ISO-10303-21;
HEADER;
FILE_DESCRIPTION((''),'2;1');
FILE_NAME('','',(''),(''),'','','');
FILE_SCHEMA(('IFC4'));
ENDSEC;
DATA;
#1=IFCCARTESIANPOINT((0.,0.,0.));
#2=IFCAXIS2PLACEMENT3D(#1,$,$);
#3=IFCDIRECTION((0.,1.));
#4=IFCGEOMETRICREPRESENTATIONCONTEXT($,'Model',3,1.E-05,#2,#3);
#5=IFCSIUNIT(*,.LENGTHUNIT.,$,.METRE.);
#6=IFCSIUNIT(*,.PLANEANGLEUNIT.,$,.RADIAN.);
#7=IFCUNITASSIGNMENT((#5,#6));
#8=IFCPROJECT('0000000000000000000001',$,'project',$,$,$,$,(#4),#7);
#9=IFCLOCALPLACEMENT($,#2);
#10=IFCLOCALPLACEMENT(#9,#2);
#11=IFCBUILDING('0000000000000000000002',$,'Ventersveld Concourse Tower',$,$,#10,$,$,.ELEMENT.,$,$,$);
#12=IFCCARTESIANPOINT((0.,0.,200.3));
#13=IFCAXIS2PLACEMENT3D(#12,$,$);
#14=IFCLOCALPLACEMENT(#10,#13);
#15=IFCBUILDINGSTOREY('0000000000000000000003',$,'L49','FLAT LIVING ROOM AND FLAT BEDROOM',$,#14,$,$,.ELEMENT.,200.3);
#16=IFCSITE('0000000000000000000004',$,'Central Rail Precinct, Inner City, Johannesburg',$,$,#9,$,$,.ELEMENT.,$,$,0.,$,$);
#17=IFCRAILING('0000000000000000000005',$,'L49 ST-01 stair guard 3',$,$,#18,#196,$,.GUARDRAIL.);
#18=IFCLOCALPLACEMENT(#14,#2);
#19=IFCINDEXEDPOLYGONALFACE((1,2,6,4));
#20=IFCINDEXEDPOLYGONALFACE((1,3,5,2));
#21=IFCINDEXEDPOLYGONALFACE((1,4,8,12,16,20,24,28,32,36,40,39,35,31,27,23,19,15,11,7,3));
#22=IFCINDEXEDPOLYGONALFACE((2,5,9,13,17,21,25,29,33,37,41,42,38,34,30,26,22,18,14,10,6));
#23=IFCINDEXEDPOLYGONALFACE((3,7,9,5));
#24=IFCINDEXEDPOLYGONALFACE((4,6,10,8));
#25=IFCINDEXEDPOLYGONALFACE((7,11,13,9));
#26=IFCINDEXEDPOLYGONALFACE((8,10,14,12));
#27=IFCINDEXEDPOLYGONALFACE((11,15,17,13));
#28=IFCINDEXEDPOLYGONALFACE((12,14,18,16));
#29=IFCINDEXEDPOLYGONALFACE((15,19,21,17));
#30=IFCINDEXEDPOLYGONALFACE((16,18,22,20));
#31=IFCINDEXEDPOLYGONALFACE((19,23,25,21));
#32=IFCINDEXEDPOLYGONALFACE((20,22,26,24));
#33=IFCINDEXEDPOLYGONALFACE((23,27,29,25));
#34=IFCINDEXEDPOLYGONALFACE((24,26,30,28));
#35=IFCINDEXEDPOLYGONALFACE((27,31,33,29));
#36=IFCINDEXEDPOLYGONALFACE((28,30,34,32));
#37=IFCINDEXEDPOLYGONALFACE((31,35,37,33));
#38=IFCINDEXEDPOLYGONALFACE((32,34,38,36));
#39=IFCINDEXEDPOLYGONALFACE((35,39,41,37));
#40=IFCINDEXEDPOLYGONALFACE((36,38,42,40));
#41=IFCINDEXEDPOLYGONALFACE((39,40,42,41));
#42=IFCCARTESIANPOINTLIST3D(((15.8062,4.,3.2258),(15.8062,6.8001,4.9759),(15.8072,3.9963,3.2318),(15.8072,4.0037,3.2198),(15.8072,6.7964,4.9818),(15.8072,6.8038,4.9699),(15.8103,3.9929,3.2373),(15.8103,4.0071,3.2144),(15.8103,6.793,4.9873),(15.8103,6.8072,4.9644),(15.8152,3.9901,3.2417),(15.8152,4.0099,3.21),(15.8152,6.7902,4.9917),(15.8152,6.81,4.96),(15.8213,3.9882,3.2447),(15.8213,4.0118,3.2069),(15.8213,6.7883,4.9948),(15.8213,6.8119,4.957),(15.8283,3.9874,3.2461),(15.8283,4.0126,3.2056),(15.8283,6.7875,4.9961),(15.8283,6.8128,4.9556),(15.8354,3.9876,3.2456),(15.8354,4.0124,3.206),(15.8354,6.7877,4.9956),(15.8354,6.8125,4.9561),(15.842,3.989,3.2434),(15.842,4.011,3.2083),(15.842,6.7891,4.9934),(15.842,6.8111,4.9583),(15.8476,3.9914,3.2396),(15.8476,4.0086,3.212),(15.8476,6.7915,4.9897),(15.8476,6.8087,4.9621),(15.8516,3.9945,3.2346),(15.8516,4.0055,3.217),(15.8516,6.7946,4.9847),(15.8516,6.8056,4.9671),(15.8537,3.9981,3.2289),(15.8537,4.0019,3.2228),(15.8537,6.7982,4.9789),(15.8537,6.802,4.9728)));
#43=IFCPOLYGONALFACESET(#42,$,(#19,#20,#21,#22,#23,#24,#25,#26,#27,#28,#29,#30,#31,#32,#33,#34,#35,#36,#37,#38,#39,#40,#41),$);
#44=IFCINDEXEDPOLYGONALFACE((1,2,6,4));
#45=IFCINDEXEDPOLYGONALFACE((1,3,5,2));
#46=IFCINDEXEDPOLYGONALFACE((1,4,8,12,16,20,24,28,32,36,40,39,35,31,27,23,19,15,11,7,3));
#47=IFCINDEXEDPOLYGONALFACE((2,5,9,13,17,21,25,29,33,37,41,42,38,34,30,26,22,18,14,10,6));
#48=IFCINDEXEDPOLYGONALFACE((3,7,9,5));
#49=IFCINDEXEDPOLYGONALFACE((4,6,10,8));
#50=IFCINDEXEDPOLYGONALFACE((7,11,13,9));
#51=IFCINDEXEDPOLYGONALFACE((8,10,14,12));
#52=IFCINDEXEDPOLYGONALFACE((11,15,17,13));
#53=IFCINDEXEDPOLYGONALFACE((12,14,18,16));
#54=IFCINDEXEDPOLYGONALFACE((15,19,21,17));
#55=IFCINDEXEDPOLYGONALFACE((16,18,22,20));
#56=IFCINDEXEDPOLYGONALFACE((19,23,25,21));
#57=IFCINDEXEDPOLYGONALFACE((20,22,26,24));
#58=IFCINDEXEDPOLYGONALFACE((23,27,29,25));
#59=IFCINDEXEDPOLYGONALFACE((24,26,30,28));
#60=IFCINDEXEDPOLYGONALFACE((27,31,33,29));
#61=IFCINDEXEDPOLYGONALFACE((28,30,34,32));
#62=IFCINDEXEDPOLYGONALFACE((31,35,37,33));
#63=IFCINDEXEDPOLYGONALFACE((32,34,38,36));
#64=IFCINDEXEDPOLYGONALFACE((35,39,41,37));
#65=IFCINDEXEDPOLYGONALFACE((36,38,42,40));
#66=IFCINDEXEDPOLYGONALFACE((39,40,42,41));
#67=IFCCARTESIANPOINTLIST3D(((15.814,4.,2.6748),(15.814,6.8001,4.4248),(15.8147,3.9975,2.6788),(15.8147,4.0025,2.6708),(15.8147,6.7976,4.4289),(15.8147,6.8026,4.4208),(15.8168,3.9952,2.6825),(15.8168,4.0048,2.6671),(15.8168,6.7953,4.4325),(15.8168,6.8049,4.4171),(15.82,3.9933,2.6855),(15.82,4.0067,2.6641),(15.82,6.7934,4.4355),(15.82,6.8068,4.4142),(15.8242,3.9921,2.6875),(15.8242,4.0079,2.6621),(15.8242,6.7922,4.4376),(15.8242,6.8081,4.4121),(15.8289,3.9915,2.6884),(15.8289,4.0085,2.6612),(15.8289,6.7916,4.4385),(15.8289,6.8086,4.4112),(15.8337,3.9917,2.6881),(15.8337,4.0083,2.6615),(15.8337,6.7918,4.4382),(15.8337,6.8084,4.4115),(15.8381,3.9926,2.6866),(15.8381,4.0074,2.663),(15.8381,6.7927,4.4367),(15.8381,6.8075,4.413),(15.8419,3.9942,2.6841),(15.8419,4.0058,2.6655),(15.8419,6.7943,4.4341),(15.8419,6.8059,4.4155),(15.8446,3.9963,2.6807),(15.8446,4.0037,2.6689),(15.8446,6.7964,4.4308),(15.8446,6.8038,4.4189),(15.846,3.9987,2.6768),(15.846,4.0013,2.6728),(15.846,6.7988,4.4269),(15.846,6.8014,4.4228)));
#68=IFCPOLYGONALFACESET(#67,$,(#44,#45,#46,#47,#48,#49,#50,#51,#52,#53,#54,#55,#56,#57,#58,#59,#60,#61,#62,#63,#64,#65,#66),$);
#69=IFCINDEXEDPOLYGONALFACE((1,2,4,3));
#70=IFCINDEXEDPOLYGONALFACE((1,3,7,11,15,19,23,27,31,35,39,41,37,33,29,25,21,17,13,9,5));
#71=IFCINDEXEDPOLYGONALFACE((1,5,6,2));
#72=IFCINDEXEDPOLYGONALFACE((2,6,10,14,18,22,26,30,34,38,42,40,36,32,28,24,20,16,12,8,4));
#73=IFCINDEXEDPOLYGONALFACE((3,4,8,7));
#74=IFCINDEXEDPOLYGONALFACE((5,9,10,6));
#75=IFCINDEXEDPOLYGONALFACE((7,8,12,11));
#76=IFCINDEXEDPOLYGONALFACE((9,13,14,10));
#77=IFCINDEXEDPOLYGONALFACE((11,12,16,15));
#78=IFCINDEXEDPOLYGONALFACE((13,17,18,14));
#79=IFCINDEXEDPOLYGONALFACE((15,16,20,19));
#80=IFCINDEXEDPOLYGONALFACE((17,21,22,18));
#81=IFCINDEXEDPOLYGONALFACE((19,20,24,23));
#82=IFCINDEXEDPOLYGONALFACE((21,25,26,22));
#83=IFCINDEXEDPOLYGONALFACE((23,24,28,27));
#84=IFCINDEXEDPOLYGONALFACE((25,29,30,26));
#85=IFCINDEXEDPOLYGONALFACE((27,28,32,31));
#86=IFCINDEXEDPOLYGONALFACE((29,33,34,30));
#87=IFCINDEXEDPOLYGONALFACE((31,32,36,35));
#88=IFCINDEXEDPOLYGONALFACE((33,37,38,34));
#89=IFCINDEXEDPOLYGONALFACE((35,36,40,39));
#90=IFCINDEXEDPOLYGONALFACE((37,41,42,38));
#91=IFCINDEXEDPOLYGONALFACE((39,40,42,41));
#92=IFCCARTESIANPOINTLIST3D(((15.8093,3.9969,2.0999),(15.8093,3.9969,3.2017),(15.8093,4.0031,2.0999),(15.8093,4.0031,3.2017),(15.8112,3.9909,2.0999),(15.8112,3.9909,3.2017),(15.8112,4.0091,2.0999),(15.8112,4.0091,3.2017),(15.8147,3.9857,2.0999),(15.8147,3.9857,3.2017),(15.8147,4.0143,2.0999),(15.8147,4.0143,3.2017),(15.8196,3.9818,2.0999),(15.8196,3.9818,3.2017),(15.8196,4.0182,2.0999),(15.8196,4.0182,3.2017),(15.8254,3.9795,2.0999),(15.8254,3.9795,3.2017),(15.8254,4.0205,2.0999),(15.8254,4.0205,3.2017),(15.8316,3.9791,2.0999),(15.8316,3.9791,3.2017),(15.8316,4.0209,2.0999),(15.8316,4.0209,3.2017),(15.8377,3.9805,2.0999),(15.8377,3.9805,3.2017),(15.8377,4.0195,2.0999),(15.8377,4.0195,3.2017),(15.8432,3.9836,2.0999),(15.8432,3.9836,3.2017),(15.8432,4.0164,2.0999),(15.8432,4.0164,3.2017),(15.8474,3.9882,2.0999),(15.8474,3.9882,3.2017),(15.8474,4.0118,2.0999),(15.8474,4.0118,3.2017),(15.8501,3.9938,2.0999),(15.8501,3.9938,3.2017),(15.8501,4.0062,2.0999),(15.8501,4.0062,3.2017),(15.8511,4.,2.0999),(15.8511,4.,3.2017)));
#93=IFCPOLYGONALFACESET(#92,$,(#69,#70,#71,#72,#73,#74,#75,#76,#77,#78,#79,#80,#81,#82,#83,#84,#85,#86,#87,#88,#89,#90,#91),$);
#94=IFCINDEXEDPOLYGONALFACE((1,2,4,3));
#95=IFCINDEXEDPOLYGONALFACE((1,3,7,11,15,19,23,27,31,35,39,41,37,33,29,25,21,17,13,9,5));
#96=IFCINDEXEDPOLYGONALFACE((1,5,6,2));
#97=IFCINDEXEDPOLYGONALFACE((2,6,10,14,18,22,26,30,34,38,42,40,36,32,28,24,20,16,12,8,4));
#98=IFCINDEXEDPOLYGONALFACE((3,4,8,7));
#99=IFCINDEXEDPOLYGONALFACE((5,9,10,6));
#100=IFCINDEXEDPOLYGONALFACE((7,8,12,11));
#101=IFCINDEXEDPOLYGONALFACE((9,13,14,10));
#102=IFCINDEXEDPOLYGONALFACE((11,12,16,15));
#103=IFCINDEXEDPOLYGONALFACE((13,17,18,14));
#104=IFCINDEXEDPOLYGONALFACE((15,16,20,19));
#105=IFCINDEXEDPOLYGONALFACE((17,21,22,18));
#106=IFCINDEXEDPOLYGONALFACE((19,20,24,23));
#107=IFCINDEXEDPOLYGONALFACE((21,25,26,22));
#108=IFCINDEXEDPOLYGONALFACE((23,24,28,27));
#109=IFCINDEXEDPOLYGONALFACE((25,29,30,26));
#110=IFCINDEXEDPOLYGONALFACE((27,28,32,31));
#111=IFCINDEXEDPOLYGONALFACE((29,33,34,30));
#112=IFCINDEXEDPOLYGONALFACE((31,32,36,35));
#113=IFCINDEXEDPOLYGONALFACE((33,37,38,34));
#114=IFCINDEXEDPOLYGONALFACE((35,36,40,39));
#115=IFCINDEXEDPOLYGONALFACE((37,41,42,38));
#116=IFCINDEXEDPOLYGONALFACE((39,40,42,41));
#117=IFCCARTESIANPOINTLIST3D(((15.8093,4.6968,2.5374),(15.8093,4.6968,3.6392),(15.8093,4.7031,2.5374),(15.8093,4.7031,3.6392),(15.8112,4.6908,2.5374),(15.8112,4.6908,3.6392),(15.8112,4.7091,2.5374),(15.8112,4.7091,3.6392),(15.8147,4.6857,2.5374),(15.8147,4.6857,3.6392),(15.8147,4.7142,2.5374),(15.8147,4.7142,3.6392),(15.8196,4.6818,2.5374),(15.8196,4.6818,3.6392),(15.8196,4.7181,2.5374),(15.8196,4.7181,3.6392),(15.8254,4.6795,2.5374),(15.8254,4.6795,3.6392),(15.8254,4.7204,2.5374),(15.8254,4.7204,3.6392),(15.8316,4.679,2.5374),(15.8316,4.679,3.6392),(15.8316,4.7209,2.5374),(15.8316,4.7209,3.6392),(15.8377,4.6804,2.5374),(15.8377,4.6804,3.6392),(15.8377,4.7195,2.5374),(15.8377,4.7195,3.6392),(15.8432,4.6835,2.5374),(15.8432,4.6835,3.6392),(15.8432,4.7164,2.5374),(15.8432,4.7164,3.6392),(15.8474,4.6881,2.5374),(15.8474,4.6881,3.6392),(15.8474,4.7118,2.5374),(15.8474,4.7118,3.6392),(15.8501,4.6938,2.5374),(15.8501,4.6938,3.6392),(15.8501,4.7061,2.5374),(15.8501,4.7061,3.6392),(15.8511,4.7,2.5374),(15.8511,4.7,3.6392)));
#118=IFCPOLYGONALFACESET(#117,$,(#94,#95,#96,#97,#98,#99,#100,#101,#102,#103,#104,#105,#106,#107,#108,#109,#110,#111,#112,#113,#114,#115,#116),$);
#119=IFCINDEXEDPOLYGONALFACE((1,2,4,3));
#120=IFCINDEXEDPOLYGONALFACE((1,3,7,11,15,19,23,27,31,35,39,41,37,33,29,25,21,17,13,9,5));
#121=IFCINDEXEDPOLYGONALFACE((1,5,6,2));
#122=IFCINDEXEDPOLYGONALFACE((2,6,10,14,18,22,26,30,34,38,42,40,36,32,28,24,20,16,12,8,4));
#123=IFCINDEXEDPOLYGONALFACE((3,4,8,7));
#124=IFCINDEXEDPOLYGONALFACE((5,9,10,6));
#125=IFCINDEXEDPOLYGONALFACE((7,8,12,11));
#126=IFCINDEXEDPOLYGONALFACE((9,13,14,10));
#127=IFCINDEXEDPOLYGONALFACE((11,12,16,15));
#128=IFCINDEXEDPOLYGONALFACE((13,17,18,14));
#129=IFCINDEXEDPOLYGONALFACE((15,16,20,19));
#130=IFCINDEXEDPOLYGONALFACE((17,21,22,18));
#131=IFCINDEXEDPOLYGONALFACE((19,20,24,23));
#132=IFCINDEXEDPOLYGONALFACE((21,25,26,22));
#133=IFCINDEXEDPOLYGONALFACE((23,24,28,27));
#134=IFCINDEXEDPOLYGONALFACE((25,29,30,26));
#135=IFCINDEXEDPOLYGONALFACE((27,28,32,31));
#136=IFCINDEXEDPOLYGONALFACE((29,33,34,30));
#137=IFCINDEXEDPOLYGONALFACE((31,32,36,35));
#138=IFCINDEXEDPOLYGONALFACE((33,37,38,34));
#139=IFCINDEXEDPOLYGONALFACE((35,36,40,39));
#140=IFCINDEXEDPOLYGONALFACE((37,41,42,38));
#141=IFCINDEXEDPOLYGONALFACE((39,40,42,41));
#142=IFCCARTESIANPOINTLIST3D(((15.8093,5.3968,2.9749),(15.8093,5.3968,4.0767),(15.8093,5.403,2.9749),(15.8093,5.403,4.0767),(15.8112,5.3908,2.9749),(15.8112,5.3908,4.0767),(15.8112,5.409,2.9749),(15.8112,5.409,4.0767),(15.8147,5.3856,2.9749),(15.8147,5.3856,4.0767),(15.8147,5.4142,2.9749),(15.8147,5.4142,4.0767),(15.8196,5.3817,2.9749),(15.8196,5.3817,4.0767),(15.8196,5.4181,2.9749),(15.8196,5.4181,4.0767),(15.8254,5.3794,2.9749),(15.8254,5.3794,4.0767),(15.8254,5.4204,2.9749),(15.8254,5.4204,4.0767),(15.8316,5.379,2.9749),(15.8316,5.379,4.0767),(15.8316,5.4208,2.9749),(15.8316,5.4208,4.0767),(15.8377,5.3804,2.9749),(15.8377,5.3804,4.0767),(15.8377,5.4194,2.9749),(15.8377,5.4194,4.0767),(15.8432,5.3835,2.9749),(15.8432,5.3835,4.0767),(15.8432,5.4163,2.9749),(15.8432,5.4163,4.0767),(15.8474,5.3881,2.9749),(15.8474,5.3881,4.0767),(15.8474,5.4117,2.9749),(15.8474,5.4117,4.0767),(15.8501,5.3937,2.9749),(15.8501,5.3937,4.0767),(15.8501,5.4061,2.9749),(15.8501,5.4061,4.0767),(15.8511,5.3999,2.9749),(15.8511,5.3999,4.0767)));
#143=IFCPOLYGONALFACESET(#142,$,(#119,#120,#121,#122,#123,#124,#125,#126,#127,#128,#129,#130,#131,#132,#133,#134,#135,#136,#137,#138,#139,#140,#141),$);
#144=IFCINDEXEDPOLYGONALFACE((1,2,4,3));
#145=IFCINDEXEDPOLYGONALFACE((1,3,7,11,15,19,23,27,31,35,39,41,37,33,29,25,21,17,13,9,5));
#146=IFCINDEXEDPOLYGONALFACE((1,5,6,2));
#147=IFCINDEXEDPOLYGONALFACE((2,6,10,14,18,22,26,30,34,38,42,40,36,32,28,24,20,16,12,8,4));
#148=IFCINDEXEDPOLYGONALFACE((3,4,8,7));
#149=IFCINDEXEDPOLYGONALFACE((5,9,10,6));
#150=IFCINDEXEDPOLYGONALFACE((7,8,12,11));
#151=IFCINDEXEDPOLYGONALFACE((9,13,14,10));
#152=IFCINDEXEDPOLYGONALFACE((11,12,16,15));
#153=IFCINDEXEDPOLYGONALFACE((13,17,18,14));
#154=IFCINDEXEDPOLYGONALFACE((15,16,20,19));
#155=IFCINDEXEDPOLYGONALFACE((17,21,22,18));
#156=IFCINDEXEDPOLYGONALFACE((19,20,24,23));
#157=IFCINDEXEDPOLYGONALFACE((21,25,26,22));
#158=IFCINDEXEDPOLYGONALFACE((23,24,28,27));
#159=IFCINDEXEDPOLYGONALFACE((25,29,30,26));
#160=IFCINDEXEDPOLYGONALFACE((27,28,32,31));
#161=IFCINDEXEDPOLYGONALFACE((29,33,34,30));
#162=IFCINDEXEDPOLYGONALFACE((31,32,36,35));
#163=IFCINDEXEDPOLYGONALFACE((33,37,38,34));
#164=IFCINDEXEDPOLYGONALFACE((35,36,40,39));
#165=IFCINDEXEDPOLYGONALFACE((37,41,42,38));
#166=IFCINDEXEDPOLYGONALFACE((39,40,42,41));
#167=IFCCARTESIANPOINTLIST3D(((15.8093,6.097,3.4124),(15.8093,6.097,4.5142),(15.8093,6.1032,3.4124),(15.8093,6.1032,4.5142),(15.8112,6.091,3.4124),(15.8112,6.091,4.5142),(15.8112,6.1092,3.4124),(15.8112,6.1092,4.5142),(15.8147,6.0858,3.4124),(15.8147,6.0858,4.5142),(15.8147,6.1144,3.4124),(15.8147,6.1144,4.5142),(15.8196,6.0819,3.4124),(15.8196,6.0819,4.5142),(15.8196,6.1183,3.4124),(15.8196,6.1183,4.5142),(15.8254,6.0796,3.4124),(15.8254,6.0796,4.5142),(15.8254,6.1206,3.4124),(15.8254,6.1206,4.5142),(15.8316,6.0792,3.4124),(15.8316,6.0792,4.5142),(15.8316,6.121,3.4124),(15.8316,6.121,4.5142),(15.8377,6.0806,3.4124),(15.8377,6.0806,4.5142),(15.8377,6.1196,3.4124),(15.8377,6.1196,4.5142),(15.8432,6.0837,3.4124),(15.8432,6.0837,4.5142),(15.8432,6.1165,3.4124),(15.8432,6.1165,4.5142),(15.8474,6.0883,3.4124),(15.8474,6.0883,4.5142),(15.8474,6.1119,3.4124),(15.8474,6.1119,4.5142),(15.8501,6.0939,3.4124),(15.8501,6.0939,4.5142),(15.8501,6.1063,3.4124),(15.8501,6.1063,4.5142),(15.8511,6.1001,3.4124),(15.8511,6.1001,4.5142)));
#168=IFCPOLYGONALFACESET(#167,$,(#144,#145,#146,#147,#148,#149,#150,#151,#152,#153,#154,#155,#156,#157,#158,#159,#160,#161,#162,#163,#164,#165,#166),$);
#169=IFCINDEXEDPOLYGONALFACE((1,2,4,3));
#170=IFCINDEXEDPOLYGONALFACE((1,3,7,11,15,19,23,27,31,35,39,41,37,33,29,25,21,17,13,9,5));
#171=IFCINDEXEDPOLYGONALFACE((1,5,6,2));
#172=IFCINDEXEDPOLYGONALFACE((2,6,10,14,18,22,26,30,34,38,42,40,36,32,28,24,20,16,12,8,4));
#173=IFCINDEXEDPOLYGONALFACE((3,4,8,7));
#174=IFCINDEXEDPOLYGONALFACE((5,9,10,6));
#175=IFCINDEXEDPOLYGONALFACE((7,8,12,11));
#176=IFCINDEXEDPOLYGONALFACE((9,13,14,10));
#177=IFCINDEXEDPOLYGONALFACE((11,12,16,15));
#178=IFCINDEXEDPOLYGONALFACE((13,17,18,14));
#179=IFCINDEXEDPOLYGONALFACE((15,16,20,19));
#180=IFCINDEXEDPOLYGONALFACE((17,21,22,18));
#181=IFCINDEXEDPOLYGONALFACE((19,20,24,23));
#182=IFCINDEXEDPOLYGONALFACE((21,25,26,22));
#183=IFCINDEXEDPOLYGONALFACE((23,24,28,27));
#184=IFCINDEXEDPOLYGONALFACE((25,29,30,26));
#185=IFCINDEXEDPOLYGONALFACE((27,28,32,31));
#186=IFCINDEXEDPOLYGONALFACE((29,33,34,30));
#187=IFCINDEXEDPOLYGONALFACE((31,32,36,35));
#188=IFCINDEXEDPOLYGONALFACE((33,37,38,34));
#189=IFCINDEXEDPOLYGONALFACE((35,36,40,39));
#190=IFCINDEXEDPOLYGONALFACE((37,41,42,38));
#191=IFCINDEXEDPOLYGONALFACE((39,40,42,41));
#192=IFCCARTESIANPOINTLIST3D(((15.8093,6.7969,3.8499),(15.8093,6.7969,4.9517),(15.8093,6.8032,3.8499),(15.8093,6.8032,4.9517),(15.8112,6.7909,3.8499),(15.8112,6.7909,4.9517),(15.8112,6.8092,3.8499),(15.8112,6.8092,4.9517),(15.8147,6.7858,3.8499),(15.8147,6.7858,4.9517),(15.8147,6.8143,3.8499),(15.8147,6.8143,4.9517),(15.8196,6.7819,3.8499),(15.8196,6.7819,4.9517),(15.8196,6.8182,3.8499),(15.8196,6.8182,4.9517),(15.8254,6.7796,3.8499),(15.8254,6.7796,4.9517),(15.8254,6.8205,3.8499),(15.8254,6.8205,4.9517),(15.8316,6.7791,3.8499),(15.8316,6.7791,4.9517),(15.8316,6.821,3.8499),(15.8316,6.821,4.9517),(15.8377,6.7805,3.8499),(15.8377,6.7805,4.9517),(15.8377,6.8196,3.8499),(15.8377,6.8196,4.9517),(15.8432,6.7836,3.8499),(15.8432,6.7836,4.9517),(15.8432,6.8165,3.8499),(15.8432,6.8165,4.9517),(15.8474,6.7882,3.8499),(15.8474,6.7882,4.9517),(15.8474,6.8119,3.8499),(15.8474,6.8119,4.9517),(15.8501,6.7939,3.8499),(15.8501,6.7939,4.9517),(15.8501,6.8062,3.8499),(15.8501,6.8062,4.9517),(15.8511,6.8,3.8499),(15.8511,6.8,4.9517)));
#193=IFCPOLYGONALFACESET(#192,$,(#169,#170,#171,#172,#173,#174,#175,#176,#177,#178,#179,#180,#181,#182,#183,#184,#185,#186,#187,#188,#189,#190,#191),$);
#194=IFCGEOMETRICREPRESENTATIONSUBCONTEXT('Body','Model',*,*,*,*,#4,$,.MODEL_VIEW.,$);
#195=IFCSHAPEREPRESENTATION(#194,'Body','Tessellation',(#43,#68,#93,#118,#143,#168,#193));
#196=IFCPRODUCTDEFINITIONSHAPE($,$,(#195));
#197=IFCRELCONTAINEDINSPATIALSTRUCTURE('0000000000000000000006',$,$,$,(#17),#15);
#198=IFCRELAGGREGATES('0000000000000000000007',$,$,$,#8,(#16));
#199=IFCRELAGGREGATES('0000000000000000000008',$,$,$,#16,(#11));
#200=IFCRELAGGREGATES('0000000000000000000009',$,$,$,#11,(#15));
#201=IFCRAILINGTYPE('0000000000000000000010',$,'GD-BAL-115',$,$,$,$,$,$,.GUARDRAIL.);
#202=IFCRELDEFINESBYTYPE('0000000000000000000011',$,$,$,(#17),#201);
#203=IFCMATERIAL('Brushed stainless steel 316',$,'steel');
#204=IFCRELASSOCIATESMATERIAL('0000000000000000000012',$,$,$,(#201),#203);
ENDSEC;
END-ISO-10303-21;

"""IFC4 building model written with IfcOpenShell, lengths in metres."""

from ifc_helpers import new_model, si_unit, direction, frame, origin, origin_2d, place, context, subcontext, project, spatial, circle, extrude, material, type_object, element, save


model = new_model("IFC4")

# Units and contexts
model_context = context("Model", 3, precision=1e-05, world=origin(), true_north=direction((0.0, 1.0)))
body_context = subcontext(model_context, "Body", "Model", "MODEL_VIEW")
ifc_project = project(units=[si_unit("LENGTHUNIT", "METRE"), si_unit("PLANEANGLEUNIT", "RADIAN")], contexts=[model_context])

# Site, building, storey
site_placement = place(None, origin())
site = spatial("IfcSite", under=ifc_project, at=site_placement, Name="Central Rail Precinct, Inner City, Johannesburg", CompositionType="ELEMENT", RefElevation=0.0)
building_placement = place(site_placement, origin())
building = spatial("IfcBuilding", under=site, at=building_placement, Name="Ventersveld Concourse Tower", CompositionType="ELEMENT")
storey_placement = place(building_placement, frame((0.0, 0.0, 200.3)))
storey = spatial("IfcBuildingStorey", under=building, at=storey_placement, Name="L49", Description="FLAT LIVING ROOM AND FLAT BEDROOM", CompositionType="ELEMENT", Elevation=200.3)

# Shared definitions
ifc_material_1 = material(Name="Brushed stainless steel 316", Category="steel")

# Railing
railing_type_1 = type_object("IfcRailingType", Name="GD-BAL-115", PredefinedType="GUARDRAIL", material=ifc_material_1)
railing_1_placement = place(storey_placement, frame((15.8301, 4.0, 2.0999)))
element("IfcRailing", 1, at=railing_1_placement, inside=storey, type_object=railing_type_1, Name="L49 ST-01 stair guard 3", PredefinedType="GUARDRAIL", context=body_context, shape_type="SweptSolid", body=[
    extrude(circle(Radius=0.0239, at=origin_2d()), frame((0.0, 0.0, 1.126), z_axis=(0.0, 0.848002, 0.529992), x_axis=(-1.0, 0.0, 0.0)), (0.0, 0.0, 1.0), 3.302),
    extrude(circle(Radius=0.0161, at=origin_2d()), frame((0.0, 0.0, 0.575), z_axis=(0.0, 0.848002, 0.529992), x_axis=(-1.0, 0.0, 0.0)), (0.0, 0.0, 1.0), 3.302),
    extrude(circle(Radius=0.021, at=origin_2d()), origin(), (0.0, 0.0, 1.0), 1.1018),
    extrude(circle(Radius=0.021, at=origin_2d()), frame((0.0, 0.7, 0.4375)), (0.0, 0.0, 1.0), 1.1018),
    extrude(circle(Radius=0.021, at=origin_2d()), frame((0.0, 1.3999, 0.875)), (0.0, 0.0, 1.0), 1.1018),
    extrude(circle(Radius=0.021, at=origin_2d()), frame((0.0, 2.1001, 1.3125)), (0.0, 0.0, 1.0), 1.1018),
    extrude(circle(Radius=0.021, at=origin_2d()), frame((0.0, 2.8, 1.75)), (0.0, 0.0, 1.0), 1.1018),
])

save(model, "model.ifc")
